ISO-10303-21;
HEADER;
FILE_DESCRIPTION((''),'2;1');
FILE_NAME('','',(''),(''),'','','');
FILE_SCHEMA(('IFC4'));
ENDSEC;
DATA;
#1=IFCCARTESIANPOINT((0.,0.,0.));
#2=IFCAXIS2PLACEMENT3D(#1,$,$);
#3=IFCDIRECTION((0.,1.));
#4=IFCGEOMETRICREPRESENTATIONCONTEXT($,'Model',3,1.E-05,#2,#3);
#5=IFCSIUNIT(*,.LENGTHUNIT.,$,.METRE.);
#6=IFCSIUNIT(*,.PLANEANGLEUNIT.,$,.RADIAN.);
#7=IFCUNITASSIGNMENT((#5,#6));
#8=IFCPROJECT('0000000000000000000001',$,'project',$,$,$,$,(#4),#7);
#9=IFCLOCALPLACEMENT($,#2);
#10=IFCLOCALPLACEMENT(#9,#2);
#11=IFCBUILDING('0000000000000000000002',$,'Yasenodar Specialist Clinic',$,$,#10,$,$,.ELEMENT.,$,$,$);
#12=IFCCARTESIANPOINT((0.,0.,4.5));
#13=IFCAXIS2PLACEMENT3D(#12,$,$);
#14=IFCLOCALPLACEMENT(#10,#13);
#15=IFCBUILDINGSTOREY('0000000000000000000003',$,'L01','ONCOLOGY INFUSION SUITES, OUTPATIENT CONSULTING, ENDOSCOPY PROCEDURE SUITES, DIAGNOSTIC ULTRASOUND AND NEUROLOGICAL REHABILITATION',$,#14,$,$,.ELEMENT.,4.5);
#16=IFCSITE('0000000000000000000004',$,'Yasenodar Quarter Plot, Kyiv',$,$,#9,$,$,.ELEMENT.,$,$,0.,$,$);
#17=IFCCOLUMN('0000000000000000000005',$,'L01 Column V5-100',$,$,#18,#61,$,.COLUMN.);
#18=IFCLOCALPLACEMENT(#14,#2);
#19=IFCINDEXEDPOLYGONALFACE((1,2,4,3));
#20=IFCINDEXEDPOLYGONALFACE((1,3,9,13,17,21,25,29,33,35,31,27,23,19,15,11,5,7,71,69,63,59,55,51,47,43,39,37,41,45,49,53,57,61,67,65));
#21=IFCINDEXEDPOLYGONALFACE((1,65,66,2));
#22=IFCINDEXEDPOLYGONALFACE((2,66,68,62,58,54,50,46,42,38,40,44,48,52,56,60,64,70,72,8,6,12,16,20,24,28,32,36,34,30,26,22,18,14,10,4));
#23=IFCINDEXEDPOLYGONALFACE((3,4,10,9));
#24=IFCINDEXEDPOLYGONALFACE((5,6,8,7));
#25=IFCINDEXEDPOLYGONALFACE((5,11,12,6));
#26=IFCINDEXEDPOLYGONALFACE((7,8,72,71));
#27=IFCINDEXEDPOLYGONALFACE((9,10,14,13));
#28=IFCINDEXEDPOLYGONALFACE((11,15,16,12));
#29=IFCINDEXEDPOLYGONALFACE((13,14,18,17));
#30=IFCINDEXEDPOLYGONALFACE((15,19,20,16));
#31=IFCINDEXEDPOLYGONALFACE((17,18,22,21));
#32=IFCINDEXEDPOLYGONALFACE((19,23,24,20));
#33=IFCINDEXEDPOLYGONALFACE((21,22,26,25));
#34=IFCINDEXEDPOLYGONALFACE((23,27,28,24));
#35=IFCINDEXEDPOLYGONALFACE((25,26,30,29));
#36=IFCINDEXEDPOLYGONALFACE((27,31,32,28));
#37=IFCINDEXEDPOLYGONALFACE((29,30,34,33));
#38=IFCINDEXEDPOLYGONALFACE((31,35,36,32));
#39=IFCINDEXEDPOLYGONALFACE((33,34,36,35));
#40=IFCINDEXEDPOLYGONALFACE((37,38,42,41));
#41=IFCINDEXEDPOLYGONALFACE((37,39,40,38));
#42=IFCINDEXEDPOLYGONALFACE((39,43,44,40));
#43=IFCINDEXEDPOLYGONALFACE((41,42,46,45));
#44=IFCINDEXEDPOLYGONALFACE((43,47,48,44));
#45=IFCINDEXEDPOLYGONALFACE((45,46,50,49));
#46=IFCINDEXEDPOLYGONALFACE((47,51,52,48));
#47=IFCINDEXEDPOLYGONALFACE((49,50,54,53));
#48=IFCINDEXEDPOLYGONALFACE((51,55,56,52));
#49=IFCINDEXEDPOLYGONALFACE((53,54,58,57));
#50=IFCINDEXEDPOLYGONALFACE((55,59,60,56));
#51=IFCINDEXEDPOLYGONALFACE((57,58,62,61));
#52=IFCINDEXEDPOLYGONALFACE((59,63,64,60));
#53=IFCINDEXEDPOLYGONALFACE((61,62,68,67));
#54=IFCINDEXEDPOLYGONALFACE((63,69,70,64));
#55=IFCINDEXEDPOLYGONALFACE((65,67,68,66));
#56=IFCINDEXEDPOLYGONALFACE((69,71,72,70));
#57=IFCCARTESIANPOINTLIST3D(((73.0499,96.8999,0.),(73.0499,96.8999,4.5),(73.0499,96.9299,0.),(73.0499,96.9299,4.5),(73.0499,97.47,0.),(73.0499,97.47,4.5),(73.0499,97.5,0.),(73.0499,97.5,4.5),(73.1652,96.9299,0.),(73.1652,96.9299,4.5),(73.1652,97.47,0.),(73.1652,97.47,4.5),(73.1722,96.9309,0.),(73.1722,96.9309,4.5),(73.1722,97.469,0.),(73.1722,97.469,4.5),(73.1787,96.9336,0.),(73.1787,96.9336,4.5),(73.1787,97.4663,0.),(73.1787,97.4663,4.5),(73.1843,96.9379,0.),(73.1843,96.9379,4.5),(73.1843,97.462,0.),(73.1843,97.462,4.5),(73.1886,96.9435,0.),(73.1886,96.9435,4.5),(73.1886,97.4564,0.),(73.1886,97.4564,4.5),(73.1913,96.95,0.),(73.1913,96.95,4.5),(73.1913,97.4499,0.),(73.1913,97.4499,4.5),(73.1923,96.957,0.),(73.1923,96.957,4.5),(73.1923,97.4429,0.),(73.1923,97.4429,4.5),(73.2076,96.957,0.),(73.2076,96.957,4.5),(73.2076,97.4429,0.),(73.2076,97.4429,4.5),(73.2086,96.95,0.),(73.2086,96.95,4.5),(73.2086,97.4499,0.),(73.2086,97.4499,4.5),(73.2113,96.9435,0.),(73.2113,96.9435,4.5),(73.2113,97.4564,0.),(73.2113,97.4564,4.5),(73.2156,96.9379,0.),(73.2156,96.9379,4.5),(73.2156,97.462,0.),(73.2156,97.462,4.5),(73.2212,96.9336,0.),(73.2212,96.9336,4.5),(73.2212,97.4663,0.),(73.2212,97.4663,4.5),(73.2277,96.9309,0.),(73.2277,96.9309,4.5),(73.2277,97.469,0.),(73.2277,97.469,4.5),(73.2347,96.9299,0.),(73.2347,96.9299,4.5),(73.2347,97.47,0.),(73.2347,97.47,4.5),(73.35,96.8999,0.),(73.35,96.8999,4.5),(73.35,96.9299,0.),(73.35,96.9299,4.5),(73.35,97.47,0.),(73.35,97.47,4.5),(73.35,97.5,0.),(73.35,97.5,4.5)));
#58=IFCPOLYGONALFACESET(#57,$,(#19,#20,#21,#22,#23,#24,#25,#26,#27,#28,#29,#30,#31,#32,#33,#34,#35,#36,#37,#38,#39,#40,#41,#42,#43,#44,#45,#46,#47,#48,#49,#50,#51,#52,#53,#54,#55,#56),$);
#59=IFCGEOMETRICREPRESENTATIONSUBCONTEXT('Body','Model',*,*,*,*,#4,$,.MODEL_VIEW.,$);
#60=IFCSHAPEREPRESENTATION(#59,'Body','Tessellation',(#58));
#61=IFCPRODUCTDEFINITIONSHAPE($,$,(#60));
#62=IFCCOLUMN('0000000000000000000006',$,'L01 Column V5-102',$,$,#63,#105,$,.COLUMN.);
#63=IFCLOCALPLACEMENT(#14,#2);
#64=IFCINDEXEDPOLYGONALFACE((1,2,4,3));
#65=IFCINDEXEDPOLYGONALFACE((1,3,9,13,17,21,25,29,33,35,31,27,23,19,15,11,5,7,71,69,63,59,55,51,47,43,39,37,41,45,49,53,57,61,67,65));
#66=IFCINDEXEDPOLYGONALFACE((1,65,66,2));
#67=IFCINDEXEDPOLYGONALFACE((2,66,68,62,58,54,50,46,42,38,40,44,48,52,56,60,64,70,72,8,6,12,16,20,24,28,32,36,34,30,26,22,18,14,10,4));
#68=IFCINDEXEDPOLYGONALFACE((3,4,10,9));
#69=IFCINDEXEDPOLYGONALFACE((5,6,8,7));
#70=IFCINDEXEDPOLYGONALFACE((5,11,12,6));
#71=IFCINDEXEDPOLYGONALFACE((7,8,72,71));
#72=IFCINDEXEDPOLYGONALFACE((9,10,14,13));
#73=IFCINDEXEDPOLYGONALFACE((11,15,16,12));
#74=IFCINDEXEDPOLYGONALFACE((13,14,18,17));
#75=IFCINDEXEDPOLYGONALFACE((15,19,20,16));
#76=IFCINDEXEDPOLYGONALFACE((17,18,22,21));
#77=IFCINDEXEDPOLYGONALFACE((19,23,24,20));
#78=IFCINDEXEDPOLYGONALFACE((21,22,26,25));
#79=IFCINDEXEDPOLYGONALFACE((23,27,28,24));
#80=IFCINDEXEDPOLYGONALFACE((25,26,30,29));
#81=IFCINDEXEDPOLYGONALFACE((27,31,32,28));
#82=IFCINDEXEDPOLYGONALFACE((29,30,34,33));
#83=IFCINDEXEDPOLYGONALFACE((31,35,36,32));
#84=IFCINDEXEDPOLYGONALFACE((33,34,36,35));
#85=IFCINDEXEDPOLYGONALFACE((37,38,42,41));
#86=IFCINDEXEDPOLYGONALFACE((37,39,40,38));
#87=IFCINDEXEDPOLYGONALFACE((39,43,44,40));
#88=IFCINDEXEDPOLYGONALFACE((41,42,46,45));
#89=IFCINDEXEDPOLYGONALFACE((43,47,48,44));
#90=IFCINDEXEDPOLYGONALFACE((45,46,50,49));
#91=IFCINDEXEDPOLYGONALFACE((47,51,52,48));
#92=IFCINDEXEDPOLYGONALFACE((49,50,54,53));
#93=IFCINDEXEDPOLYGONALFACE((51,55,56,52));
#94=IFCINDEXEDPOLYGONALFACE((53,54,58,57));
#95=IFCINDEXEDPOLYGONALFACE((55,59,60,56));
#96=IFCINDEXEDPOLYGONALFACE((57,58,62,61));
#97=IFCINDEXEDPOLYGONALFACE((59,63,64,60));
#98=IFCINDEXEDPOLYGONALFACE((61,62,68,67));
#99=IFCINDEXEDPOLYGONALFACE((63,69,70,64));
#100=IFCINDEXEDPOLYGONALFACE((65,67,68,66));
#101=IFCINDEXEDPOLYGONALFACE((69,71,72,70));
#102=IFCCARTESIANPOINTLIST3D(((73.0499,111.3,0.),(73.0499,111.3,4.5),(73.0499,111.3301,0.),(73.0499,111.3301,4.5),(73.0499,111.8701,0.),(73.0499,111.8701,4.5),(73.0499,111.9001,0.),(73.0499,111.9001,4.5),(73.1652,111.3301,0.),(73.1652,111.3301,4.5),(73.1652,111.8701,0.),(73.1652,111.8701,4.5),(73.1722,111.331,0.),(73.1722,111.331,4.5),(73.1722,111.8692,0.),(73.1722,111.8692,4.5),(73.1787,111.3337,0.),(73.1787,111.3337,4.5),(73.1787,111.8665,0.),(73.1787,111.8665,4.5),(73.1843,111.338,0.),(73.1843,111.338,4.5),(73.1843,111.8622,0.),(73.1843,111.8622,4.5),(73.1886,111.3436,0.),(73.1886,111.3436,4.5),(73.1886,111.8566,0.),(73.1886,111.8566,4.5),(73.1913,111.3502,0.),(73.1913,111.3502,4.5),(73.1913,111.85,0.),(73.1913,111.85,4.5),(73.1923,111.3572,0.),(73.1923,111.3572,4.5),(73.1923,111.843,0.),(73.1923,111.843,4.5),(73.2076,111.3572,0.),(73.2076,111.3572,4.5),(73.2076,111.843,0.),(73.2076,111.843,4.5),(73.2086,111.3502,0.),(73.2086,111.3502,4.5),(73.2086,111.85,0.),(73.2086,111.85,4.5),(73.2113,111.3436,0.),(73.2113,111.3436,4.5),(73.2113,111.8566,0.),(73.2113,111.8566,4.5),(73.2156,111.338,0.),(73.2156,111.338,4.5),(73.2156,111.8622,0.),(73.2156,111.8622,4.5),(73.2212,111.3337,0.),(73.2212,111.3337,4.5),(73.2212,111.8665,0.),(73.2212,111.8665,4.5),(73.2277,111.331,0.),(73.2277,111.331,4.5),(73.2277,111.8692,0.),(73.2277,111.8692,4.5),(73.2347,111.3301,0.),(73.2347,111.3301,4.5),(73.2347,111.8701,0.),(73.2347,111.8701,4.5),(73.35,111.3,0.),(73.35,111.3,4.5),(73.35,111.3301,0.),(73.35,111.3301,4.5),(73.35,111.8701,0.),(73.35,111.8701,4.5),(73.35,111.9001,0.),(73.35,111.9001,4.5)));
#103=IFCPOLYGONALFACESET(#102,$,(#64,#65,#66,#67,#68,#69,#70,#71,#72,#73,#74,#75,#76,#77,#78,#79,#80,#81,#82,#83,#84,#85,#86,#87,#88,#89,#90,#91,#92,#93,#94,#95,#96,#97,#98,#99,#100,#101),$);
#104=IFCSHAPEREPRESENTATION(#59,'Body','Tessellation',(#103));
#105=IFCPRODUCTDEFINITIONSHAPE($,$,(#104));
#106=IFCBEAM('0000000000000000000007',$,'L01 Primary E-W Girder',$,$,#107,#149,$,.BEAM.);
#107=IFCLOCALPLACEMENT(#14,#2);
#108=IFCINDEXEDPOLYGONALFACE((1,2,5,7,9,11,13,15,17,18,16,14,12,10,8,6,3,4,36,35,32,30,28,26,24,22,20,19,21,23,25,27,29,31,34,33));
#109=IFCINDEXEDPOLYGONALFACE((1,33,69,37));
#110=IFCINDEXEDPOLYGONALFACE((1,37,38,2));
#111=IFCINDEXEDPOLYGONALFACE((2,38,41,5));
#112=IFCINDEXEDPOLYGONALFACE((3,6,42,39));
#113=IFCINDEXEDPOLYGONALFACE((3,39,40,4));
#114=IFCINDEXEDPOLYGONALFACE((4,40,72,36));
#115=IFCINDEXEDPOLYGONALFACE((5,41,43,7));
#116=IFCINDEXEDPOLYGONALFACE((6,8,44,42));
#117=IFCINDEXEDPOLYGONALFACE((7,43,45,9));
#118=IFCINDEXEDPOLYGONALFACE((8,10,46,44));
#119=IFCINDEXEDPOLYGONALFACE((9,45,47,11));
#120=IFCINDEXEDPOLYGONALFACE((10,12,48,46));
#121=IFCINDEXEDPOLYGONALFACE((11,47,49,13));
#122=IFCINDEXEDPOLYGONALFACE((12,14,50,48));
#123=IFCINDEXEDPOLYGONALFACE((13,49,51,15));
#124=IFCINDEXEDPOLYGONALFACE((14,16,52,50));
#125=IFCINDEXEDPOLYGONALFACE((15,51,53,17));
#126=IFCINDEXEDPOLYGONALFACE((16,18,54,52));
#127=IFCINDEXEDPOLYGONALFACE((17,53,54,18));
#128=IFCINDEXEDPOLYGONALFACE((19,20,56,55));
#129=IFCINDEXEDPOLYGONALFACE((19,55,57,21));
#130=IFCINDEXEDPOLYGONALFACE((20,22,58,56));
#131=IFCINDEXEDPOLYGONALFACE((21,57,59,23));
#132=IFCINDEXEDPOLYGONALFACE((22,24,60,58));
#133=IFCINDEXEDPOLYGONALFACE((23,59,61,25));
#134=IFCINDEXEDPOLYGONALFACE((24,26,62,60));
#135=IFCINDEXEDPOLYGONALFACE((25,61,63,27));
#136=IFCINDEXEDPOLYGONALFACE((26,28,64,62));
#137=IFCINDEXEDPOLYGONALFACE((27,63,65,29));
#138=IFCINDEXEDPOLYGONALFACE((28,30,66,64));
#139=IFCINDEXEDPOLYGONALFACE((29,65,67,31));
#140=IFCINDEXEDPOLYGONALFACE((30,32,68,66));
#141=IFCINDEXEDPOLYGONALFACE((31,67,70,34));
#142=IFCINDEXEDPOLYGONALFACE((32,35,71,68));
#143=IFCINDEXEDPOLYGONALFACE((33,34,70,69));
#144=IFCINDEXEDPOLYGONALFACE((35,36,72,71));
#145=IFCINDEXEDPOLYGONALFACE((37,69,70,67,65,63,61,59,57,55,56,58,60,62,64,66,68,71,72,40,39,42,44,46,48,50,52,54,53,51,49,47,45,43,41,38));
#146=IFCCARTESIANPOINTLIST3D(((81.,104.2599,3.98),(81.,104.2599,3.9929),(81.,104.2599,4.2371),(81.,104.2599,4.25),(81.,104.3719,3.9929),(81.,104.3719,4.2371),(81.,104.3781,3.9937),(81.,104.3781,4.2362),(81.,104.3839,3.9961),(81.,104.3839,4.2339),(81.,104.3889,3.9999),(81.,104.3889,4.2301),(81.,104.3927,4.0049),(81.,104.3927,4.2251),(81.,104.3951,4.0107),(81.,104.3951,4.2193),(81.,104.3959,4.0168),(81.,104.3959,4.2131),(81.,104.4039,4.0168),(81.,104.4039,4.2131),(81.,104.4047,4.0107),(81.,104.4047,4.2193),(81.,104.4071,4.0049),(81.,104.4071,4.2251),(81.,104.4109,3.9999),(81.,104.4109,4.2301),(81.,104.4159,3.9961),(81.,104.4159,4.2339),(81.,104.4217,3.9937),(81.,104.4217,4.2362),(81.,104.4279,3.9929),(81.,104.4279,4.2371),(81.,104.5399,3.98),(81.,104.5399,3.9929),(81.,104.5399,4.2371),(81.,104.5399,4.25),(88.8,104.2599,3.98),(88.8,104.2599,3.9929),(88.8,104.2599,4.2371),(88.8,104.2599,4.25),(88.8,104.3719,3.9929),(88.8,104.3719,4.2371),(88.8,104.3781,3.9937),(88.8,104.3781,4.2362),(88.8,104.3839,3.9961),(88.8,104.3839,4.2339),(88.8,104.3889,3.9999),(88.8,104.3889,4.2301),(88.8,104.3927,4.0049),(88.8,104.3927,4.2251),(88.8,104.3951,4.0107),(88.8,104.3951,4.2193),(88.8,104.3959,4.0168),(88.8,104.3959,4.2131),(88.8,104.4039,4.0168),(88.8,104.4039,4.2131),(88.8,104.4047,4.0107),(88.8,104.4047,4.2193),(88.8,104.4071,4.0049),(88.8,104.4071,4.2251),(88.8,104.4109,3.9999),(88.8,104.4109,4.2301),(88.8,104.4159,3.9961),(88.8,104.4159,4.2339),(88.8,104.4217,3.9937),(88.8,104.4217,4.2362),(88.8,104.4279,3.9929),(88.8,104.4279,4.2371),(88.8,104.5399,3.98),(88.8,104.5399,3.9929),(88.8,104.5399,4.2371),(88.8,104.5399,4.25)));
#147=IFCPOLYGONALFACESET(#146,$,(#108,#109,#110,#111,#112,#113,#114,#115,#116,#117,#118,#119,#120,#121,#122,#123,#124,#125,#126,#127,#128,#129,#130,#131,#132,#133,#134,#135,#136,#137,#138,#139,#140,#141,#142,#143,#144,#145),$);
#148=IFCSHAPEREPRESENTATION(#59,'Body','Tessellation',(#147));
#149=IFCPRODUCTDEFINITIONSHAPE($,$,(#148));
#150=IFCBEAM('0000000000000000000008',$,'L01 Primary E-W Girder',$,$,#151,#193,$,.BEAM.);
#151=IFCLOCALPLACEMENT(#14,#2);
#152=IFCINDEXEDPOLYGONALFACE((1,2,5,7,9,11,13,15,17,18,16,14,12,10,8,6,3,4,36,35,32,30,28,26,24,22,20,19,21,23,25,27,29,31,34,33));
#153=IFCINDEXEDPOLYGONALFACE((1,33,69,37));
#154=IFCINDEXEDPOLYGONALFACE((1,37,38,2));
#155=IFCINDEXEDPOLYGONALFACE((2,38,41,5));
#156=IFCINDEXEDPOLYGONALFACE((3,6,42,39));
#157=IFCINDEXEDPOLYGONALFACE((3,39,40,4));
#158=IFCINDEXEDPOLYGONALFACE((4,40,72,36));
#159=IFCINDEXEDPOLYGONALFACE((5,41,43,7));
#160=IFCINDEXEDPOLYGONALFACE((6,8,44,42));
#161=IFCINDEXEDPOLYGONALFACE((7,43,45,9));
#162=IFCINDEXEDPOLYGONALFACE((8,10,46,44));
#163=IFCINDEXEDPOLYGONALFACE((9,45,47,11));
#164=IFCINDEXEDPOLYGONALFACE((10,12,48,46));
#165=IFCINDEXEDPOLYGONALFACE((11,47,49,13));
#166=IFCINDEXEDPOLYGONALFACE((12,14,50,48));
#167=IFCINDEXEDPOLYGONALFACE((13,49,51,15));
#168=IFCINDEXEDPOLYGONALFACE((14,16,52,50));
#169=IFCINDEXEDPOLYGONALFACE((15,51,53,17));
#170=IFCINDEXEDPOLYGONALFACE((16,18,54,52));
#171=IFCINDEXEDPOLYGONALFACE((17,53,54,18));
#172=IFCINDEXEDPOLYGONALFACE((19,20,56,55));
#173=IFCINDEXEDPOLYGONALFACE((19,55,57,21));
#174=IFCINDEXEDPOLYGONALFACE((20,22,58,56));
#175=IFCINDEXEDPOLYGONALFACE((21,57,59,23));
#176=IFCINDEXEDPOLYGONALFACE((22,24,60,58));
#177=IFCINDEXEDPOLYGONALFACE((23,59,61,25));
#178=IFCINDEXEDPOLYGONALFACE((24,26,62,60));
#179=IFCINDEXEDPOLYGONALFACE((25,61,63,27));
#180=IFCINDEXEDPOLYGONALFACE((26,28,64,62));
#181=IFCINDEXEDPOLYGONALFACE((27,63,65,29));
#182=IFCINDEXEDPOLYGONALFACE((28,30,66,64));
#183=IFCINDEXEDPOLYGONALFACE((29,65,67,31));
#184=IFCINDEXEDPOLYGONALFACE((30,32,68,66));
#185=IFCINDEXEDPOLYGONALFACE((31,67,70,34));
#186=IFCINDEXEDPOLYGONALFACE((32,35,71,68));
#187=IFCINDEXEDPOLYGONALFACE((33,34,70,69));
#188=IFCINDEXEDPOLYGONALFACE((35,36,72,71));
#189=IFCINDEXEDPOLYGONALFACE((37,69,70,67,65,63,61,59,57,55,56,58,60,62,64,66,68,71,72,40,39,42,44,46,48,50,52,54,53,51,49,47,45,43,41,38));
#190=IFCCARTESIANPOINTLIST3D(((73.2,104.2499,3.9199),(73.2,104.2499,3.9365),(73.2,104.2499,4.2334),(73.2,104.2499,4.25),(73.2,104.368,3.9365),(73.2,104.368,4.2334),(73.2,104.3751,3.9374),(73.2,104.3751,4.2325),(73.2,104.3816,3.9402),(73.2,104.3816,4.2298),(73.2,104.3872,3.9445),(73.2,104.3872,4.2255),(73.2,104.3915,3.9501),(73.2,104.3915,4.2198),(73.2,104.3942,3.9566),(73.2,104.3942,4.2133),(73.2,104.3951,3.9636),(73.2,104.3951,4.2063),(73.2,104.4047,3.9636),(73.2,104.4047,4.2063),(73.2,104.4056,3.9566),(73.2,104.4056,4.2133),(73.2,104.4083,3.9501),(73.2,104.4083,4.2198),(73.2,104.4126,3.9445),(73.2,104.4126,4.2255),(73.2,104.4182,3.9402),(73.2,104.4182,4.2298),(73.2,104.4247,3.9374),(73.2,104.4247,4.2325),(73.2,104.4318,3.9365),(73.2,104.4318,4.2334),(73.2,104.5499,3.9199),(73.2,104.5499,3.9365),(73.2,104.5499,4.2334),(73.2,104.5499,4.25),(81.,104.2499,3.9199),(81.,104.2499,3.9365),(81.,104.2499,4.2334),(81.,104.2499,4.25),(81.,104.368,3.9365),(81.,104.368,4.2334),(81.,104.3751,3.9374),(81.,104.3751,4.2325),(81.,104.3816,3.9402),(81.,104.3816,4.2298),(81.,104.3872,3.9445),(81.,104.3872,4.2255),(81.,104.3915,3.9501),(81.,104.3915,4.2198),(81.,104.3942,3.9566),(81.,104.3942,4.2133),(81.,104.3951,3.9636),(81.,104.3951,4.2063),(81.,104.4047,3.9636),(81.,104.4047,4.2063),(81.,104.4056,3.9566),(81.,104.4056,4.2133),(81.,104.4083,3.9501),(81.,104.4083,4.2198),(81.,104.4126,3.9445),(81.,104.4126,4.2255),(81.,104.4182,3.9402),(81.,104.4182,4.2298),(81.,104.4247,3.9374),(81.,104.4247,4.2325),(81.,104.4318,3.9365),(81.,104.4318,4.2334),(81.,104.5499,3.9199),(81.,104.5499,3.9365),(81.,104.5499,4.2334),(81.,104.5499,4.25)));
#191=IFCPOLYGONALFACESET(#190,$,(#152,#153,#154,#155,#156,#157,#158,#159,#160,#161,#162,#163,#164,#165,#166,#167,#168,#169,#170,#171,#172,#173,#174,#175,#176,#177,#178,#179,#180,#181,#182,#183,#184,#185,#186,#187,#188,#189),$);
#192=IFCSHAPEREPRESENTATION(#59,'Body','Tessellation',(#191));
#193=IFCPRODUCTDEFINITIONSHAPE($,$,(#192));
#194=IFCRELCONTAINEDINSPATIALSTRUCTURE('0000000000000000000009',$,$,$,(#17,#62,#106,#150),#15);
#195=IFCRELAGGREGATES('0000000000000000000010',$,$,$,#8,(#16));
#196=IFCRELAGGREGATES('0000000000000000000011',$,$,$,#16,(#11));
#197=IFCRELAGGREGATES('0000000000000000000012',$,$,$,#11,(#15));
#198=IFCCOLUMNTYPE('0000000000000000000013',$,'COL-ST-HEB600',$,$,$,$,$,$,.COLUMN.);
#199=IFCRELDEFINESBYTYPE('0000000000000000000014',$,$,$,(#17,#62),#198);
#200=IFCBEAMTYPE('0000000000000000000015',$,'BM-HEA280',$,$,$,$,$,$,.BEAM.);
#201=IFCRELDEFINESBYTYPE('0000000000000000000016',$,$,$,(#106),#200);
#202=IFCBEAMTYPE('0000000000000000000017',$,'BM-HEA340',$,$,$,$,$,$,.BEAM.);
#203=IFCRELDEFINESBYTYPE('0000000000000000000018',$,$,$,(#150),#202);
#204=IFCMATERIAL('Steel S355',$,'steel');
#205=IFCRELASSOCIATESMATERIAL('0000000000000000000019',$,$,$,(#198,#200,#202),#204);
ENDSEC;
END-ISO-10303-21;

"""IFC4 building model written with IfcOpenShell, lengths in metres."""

from ifc_helpers import new_model, si_unit, direction, frame, origin, origin_2d, place, context, subcontext, project, spatial, i_section, extrude, material, material_profile, profile_set, type_object, element, save


model = new_model("IFC4")

# Units and contexts
model_context = context("Model", 3, precision=1e-05, world=origin(), true_north=direction((0.0, 1.0)))
body_context = subcontext(model_context, "Body", "Model", "MODEL_VIEW")
ifc_project = project(units=[si_unit("LENGTHUNIT", "METRE"), si_unit("PLANEANGLEUNIT", "RADIAN")], contexts=[model_context])

# Site, building, storey
site_placement = place(None, origin())
site = spatial("IfcSite", under=ifc_project, at=site_placement, Name="Yasenodar Quarter Plot, Kyiv", CompositionType="ELEMENT", RefElevation=0.0)
building_placement = place(site_placement, origin())
building = spatial("IfcBuilding", under=site, at=building_placement, Name="Yasenodar Specialist Clinic", CompositionType="ELEMENT")
storey_placement = place(building_placement, frame((0.0, 0.0, 4.5)))
storey = spatial("IfcBuildingStorey", under=building, at=storey_placement, Name="L01", Description="ONCOLOGY INFUSION SUITES, OUTPATIENT CONSULTING, ENDOSCOPY PROCEDURE SUITES, DIAGNOSTIC ULTRASOUND AND NEUROLOGICAL REHABILITATION", CompositionType="ELEMENT", Elevation=4.5)

# Columns
ifc_material_1 = material(Name="Steel S355", Category="steel")
ifc_material_profile_1 = material_profile(ifc_material_1, i_section(OverallWidth=0.3, OverallDepth=0.6001, WebThickness=0.0154, FlangeThickness=0.03, FilletRadius=0.0271, at=origin_2d()), Name="HEB 600")
ifc_profile_set_1 = profile_set([ifc_material_profile_1], Name="Steel S355")
column_type_1 = type_object("IfcColumnType", Name="COL-ST-HEB600", PredefinedType="COLUMN", material=ifc_profile_set_1)
for number, where, z_axis, x_axis, name in (
    (1, (73.2, 97.2, 0.0), (0.0, 0.0, 1.0), (1.0, 0.0, 0.0), "L01 Column V5-100"),
    (2, (73.2, 111.6001, 0.0), (0.0, 0.0, 1.0), (1.0, 0.0, 0.0), "L01 Column V5-102"),
):
    element("IfcColumn", number, at=place(storey_placement, frame(where, z_axis=z_axis, x_axis=x_axis)), inside=storey, type_object=column_type_1, Name=name, PredefinedType="COLUMN", context=body_context, shape_type="SweptSolid", body=[
        extrude(i_section(OverallWidth=0.3, OverallDepth=0.6001, WebThickness=0.0154, FlangeThickness=0.03, FilletRadius=0.0271, at=origin_2d()), origin(), (0.0, 0.0, 1.0), 4.5),
    ])

# Beams
ifc_material_profile_2 = material_profile(ifc_material_1, i_section(OverallWidth=0.28, OverallDepth=0.27, WebThickness=0.0081, FlangeThickness=0.0129, FilletRadius=0.0239, at=origin_2d()), Name="HEA 280")
ifc_profile_set_2 = profile_set([ifc_material_profile_2], Name="Steel S355")
beam_type_1 = type_object("IfcBeamType", Name="BM-HEA280", PredefinedType="BEAM", material=ifc_profile_set_2)
beam_1_placement = place(storey_placement, frame((81.0, 104.3999, 4.115), z_axis=(1.0, 0.0, 0.0), x_axis=(0.0, 1.0, 0.0)))
element("IfcBeam", 3, at=beam_1_placement, inside=storey, type_object=beam_type_1, Name="L01 Primary E-W Girder", PredefinedType="BEAM", context=body_context, shape_type="SweptSolid", body=[
    extrude(i_section(OverallWidth=0.28, OverallDepth=0.27, WebThickness=0.0081, FlangeThickness=0.0129, FilletRadius=0.0239, at=origin_2d()), origin(), (0.0, 0.0, 1.0), 7.8),
])
ifc_material_profile_3 = material_profile(ifc_material_1, i_section(OverallWidth=0.3, OverallDepth=0.3301, WebThickness=0.0095, FlangeThickness=0.0166, FilletRadius=0.0271, at=origin_2d()), Name="HEA 340")
ifc_profile_set_3 = profile_set([ifc_material_profile_3], Name="Steel S355")
beam_type_2 = type_object("IfcBeamType", Name="BM-HEA340", PredefinedType="BEAM", material=ifc_profile_set_3)
beam_2_placement = place(storey_placement, frame((73.2, 104.3999, 4.085), z_axis=(1.0, 0.0, 0.0), x_axis=(0.0, 1.0, 0.0)))
element("IfcBeam", 4, at=beam_2_placement, inside=storey, type_object=beam_type_2, Name="L01 Primary E-W Girder", PredefinedType="BEAM", context=body_context, shape_type="SweptSolid", body=[
    extrude(i_section(OverallWidth=0.3, OverallDepth=0.3301, WebThickness=0.0095, FlangeThickness=0.0166, FilletRadius=0.0271, at=origin_2d()), origin(), (0.0, 0.0, 1.0), 7.8),
])

save(model, "model.ifc")
